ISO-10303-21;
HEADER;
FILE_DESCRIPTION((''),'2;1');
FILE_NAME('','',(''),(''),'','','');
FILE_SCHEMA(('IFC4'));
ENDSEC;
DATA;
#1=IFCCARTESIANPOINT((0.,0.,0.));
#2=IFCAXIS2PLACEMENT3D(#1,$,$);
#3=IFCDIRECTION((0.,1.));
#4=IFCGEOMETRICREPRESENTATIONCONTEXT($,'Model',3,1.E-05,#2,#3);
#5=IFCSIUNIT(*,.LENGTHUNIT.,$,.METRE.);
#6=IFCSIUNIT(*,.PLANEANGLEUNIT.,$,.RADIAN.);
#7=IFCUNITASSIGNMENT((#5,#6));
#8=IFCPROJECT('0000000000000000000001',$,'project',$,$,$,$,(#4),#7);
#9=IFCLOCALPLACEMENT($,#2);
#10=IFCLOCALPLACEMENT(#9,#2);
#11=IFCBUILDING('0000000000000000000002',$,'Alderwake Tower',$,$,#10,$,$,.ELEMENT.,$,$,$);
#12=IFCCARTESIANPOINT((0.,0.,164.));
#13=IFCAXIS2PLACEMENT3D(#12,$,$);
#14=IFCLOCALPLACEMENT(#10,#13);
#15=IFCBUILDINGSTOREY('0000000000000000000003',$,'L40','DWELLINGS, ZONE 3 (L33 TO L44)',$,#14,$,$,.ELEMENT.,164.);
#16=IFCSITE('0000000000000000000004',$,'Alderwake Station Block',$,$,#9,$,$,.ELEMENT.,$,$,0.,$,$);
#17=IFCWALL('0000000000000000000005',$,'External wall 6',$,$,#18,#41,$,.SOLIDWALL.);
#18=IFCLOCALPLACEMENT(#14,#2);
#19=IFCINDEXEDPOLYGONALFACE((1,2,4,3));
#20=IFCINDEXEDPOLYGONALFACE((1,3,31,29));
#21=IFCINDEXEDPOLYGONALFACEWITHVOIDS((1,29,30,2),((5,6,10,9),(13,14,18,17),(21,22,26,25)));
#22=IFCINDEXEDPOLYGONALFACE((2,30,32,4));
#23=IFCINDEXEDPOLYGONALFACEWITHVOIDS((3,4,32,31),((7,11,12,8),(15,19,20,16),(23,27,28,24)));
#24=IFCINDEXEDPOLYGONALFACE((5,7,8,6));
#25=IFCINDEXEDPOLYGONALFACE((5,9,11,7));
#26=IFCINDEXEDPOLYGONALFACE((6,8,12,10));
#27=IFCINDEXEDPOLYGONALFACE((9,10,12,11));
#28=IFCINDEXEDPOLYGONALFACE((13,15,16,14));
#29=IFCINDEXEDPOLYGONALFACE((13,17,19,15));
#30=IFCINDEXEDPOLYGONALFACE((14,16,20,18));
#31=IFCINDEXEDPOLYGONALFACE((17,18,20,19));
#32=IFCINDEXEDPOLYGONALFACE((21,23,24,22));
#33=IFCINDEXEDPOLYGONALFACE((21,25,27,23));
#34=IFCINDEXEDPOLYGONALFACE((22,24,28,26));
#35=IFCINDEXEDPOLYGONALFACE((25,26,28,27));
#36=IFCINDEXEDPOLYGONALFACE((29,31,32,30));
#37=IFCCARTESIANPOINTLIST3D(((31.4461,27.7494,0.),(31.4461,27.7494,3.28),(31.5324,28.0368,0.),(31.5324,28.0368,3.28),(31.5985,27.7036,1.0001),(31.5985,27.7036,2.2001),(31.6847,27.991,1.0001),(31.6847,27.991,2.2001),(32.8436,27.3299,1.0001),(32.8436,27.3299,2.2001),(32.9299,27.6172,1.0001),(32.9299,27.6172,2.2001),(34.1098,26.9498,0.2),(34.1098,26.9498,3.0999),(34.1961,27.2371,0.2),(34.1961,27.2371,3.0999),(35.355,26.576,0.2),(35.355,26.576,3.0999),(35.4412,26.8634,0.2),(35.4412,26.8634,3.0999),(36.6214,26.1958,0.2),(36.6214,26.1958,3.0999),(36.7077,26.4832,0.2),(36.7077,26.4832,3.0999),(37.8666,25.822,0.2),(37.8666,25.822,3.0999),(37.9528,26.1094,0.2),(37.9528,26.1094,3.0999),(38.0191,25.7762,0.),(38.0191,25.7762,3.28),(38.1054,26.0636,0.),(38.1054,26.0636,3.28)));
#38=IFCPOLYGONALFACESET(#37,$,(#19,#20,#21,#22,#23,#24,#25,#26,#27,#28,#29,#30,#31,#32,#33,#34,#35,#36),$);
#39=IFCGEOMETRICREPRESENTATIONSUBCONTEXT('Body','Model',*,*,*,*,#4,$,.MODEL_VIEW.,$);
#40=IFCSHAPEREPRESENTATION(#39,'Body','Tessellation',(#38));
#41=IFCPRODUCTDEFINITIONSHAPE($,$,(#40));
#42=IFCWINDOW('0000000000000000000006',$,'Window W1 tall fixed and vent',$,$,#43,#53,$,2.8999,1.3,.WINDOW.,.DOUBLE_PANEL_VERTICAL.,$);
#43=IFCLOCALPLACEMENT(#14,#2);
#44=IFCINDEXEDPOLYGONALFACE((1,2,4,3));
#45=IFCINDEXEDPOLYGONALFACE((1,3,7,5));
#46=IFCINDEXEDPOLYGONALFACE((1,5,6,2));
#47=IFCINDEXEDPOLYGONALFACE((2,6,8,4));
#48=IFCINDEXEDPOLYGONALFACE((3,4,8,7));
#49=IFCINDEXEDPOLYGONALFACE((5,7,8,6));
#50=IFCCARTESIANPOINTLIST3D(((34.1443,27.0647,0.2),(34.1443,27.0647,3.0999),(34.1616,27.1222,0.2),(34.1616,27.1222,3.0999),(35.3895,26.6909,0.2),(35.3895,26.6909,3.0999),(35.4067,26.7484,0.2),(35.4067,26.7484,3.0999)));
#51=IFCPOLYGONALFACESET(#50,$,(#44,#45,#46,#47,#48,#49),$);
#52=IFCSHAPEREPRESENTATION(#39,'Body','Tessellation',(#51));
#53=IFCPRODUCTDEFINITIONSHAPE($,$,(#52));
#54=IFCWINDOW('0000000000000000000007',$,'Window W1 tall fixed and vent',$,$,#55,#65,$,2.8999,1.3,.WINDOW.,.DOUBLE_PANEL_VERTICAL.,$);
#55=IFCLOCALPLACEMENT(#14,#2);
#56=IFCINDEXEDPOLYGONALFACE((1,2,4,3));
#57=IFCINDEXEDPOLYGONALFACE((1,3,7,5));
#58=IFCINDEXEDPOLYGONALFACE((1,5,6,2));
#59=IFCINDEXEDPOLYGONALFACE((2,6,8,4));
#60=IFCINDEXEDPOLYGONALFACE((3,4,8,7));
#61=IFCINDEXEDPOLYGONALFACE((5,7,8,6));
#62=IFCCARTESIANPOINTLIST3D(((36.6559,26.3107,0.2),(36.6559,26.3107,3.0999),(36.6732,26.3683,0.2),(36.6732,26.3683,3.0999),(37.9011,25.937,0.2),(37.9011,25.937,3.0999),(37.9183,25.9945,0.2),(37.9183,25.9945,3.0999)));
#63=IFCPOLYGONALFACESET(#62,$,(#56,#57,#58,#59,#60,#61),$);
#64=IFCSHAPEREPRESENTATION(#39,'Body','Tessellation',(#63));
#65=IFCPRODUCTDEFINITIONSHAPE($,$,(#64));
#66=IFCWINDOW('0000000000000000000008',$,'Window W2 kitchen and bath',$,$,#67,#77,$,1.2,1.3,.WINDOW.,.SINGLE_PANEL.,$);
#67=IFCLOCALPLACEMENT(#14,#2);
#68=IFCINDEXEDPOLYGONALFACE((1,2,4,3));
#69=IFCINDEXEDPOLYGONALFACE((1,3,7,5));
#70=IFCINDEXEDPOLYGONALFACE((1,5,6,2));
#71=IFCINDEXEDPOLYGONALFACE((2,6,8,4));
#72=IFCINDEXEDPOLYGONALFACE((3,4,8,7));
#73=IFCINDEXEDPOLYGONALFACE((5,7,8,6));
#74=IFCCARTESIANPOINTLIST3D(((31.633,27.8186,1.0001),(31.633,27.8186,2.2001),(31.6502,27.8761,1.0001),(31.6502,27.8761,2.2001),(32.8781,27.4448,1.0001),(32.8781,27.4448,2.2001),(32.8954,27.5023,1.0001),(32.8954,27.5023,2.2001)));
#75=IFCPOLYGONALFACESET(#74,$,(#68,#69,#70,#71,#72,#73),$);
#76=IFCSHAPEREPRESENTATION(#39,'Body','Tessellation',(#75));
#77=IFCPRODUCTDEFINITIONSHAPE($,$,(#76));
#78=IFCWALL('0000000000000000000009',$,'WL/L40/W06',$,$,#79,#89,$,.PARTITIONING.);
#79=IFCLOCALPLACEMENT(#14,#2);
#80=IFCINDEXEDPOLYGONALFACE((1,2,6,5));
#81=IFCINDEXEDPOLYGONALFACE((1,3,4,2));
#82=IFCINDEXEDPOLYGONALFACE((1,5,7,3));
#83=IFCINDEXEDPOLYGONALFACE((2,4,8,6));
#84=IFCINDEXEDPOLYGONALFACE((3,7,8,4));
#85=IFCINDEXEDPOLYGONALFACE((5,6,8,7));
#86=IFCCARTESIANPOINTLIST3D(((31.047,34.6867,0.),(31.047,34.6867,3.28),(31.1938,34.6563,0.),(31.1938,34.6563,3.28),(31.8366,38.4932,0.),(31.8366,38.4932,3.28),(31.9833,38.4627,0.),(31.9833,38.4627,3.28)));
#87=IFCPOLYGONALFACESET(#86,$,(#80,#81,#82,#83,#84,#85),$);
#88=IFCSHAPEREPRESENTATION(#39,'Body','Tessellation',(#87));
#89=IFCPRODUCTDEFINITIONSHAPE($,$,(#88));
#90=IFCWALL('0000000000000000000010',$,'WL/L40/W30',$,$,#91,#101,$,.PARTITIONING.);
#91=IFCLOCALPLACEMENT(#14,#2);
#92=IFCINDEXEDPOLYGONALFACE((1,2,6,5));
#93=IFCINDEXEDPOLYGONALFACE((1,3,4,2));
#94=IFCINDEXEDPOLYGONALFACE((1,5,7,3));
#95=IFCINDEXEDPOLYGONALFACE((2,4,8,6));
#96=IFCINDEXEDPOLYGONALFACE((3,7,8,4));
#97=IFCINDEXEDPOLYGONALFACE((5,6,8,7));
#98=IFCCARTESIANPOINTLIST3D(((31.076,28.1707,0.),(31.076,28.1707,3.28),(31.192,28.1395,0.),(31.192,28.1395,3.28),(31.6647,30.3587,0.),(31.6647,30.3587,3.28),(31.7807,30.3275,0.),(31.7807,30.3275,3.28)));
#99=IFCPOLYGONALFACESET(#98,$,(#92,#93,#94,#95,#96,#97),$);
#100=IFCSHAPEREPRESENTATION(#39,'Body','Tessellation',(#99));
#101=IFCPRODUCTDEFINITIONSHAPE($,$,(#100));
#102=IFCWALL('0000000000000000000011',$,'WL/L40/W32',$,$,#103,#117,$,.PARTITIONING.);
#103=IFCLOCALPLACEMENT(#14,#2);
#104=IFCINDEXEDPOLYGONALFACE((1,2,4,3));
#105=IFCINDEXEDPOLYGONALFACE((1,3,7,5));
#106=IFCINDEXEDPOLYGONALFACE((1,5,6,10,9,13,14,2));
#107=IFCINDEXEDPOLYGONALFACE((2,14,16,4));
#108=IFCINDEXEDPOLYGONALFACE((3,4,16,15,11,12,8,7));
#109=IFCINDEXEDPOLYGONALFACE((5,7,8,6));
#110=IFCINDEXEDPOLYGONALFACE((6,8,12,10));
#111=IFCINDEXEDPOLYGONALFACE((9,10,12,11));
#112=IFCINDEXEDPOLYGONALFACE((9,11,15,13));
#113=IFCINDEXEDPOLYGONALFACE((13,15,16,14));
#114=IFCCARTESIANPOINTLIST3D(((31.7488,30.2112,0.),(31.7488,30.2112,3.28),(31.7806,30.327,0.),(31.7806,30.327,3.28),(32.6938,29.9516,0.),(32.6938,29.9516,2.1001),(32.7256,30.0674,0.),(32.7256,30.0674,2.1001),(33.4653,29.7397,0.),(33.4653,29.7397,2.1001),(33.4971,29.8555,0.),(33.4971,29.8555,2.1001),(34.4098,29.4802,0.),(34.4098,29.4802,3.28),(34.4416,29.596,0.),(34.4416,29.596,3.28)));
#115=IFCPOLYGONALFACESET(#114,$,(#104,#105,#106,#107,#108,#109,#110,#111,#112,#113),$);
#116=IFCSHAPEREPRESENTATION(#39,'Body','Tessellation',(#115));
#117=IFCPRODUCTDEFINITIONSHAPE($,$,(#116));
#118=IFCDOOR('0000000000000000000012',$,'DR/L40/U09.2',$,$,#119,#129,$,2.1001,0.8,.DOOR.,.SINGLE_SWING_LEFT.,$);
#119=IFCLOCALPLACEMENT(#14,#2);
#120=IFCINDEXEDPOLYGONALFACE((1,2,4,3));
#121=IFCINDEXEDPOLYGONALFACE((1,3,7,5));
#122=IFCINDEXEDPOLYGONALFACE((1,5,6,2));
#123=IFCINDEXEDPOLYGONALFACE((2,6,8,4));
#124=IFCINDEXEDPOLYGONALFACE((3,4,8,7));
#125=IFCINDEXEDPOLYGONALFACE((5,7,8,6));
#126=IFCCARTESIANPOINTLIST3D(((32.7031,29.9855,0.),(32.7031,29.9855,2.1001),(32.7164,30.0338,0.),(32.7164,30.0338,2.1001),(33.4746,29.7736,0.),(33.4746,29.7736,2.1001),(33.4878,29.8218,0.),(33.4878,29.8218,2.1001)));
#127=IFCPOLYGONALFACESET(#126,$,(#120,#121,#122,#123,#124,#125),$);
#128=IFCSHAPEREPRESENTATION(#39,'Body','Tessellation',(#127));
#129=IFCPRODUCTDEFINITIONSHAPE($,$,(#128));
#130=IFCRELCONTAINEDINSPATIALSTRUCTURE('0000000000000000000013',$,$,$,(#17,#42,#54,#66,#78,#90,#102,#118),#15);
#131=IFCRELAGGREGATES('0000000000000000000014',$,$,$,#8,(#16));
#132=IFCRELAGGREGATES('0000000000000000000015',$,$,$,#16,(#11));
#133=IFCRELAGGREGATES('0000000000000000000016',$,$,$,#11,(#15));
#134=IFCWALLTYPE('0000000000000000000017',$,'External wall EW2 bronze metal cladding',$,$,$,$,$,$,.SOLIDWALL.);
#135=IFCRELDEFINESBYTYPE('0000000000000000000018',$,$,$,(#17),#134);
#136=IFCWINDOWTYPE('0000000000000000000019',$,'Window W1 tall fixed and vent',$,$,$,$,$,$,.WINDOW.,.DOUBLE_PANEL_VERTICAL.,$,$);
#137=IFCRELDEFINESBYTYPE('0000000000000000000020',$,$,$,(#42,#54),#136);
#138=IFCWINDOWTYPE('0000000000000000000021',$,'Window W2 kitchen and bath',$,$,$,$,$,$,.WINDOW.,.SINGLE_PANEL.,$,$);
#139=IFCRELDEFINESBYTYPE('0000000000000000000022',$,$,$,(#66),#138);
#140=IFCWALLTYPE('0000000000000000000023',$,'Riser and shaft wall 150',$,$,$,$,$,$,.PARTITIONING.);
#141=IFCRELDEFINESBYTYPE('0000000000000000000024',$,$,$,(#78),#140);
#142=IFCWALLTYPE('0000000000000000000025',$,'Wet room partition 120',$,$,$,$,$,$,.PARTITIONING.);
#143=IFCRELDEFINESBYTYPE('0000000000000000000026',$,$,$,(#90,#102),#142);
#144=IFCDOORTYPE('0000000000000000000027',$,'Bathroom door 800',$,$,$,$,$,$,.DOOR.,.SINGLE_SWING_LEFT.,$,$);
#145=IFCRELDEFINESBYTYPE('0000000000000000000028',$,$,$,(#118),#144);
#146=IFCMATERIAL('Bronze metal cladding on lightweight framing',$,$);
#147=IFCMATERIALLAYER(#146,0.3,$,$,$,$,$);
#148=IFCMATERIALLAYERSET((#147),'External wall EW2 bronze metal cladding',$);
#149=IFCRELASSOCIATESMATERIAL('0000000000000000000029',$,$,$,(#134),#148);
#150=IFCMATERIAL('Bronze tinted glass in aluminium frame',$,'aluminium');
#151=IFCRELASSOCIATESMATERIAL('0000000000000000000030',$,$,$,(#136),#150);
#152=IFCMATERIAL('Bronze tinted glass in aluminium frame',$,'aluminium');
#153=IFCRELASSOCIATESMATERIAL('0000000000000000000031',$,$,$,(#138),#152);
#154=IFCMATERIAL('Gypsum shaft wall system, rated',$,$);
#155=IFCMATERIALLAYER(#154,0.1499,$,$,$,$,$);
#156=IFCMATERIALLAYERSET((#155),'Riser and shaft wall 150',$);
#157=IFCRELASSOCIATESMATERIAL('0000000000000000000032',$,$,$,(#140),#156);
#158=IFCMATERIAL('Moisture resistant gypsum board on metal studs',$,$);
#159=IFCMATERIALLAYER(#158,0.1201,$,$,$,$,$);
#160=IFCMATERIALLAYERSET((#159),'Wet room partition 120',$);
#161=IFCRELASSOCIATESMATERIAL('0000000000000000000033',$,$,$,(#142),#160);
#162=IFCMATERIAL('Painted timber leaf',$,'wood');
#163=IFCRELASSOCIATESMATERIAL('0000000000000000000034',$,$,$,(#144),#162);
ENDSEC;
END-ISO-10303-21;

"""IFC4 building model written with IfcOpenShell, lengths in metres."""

from ifc_helpers import new_model, si_unit, direction, frame, frame_2d, origin, place, context, subcontext, project, spatial, rectangle, extrude, material, layer, layer_set, type_object, element, fill, save


model = new_model("IFC4")

# Units and contexts
model_context = context("Model", 3, precision=1e-05, world=origin(), true_north=direction((0.0, 1.0)))
body_context = subcontext(model_context, "Body", "Model", "MODEL_VIEW")
ifc_project = project(units=[si_unit("LENGTHUNIT", "METRE"), si_unit("PLANEANGLEUNIT", "RADIAN")], contexts=[model_context])

# Site, building, storey
site_placement = place(None, origin())
site = spatial("IfcSite", under=ifc_project, at=site_placement, Name="Alderwake Station Block", CompositionType="ELEMENT", RefElevation=0.0)
building_placement = place(site_placement, origin())
building = spatial("IfcBuilding", under=site, at=building_placement, Name="Alderwake Tower", CompositionType="ELEMENT")
storey_placement = place(building_placement, frame((0.0, 0.0, 164.0)))
storey = spatial("IfcBuildingStorey", under=building, at=storey_placement, Name="L40", Description="DWELLINGS, ZONE 3 (L33 TO L44)", CompositionType="ELEMENT", Elevation=164.0)

# Wall, openings, windows
ifc_material_1 = material(Name="Bronze metal cladding on lightweight framing")
ifc_layer_1 = layer(ifc_material_1, 0.3)
ifc_layer_set_1 = layer_set([ifc_layer_1], Name="External wall EW2 bronze metal cladding")
wall_type_1 = type_object("IfcWallType", Name="External wall EW2 bronze metal cladding", PredefinedType="SOLIDWALL", material=ifc_layer_set_1)
ifc_material_2 = material(Name="Bronze tinted glass in aluminium frame", Category="aluminium")
window_type_1 = type_object("IfcWindowType", Name="Window W1 tall fixed and vent", PartitioningType="DOUBLE_PANEL_VERTICAL", PredefinedType="WINDOW", material=ifc_material_2)
wall_1_placement = place(storey_placement, frame((31.4893, 27.8931, 0.0), z_axis=(0.0, 0.0, 1.0), x_axis=(0.957776, -0.287514, 0.0)))
wall_1 = element("IfcWall", 1, at=wall_1_placement, inside=storey, type_object=wall_type_1, Name="External wall 6", PredefinedType="SOLIDWALL", context=body_context, shape_type="SweptSolid", body=[
    extrude(rectangle(XDim=6.8628, YDim=0.3, at=frame_2d((3.4314, 0.0))), origin(), (0.0, 0.0, 1.0), 3.28),
])
opening_1_placement = place(wall_1_placement, frame((0.1592, 0.0, 1.0)))
opening_1 = element("IfcOpeningElement", 2, at=opening_1_placement, cuts=wall_1, PredefinedType="OPENING", context=body_context, shape_type="SweptSolid", body=[
    extrude(rectangle(XDim=1.3, YDim=1.2, at=frame_2d((0.6499, 0.6001))), frame((0.0, 0.1599, 0.0), z_axis=(0.0, -1.0, 0.0), x_axis=(1.0, 0.0, 0.0)), (0.0, 0.0, 1.0), 0.3201),
])
opening_2_placement = place(wall_1_placement, frame((2.7812, 0.0, 0.2)))
opening_2 = element("IfcOpeningElement", 3, at=opening_2_placement, cuts=wall_1, PredefinedType="OPENING", context=body_context, shape_type="SweptSolid", body=[
    extrude(rectangle(XDim=1.3, YDim=2.8999, at=frame_2d((0.6499, 1.45))), frame((0.0, 0.1599, 0.0), z_axis=(0.0, -1.0, 0.0), x_axis=(1.0, 0.0, 0.0)), (0.0, 0.0, 1.0), 0.3201),
])
opening_3_placement = place(wall_1_placement, frame((5.4036, 0.0, 0.2)))
opening_3 = element("IfcOpeningElement", 4, at=opening_3_placement, cuts=wall_1, PredefinedType="OPENING", context=body_context, shape_type="SweptSolid", body=[
    extrude(rectangle(XDim=1.3, YDim=2.8999, at=frame_2d((0.6499, 1.45))), frame((0.0, 0.1599, 0.0), z_axis=(0.0, -1.0, 0.0), x_axis=(1.0, 0.0, 0.0)), (0.0, 0.0, 1.0), 0.3201),
])
window_1_placement = place(opening_2_placement, origin())
window_1 = element("IfcWindow", 5, at=window_1_placement, inside=storey, type_object=window_type_1, Name="Window W1 tall fixed and vent", OverallHeight=2.8999, OverallWidth=1.3, PartitioningType="DOUBLE_PANEL_VERTICAL", PredefinedType="WINDOW", context=body_context, shape_type="SweptSolid", body=[
    extrude(rectangle(XDim=1.3, YDim=2.8999, at=frame_2d((0.6499, 1.45))), frame((0.0, 0.03, 0.0), z_axis=(0.0, -1.0, 0.0), x_axis=(1.0, 0.0, 0.0)), (0.0, 0.0, 1.0), 0.0601),
])
fill(opening_2, window_1)
window_2_placement = place(opening_3_placement, origin())
window_2 = element("IfcWindow", 6, at=window_2_placement, inside=storey, type_object=window_type_1, Name="Window W1 tall fixed and vent", OverallHeight=2.8999, OverallWidth=1.3, PartitioningType="DOUBLE_PANEL_VERTICAL", PredefinedType="WINDOW", context=body_context, shape_type="SweptSolid", body=[
    extrude(rectangle(XDim=1.3, YDim=2.8999, at=frame_2d((0.6499, 1.45))), frame((0.0, 0.03, 0.0), z_axis=(0.0, -1.0, 0.0), x_axis=(1.0, 0.0, 0.0)), (0.0, 0.0, 1.0), 0.0601),
])
fill(opening_3, window_2)
ifc_material_3 = material(Name="Bronze tinted glass in aluminium frame", Category="aluminium")
window_type_2 = type_object("IfcWindowType", Name="Window W2 kitchen and bath", PartitioningType="SINGLE_PANEL", PredefinedType="WINDOW", material=ifc_material_3)
window_3_placement = place(opening_1_placement, origin())
window_3 = element("IfcWindow", 7, at=window_3_placement, inside=storey, type_object=window_type_2, Name="Window W2 kitchen and bath", OverallHeight=1.2, OverallWidth=1.3, PartitioningType="SINGLE_PANEL", PredefinedType="WINDOW", context=body_context, shape_type="SweptSolid", body=[
    extrude(rectangle(XDim=1.3, YDim=1.2, at=frame_2d((0.6499, 0.6001))), frame((0.0, 0.03, 0.0), z_axis=(0.0, -1.0, 0.0), x_axis=(1.0, 0.0, 0.0)), (0.0, 0.0, 1.0), 0.0601),
])
fill(opening_1, window_3)

# Walls
ifc_material_4 = material(Name="Gypsum shaft wall system, rated")
ifc_layer_2 = layer(ifc_material_4, 0.1499)
ifc_layer_set_2 = layer_set([ifc_layer_2], Name="Riser and shaft wall 150")
wall_type_2 = type_object("IfcWallType", Name="Riser and shaft wall 150", PredefinedType="PARTITIONING", material=ifc_layer_set_2)
wall_2_placement = place(storey_placement, frame((31.1204, 34.6714, 0.0), z_axis=(0.0, 0.0, 1.0), x_axis=(0.203104, 0.979157, 0.0)))
element("IfcWall", 8, at=wall_2_placement, inside=storey, type_object=wall_type_2, Name="WL/L40/W06", PredefinedType="PARTITIONING", context=body_context, shape_type="SweptSolid", body=[
    extrude(rectangle(XDim=3.8875, YDim=0.1499, at=frame_2d((1.9438, 0.0))), origin(), (0.0, 0.0, 1.0), 3.28),
])
ifc_material_5 = material(Name="Moisture resistant gypsum board on metal studs")
ifc_layer_3 = layer(ifc_material_5, 0.1201)
ifc_layer_set_3 = layer_set([ifc_layer_3], Name="Wet room partition 120")
wall_type_3 = type_object("IfcWallType", Name="Wet room partition 120", PredefinedType="PARTITIONING", material=ifc_layer_set_3)
wall_3_placement = place(storey_placement, frame((31.7227, 30.343, 0.0), z_axis=(0.0, 0.0, 1.0), x_axis=(-0.259788, -0.965666, 0.0)))
element("IfcWall", 9, at=wall_3_placement, inside=storey, type_object=wall_type_3, Name="WL/L40/W30", PredefinedType="PARTITIONING", context=body_context, shape_type="SweptSolid", body=[
    extrude(rectangle(XDim=2.2659, YDim=0.1201, at=frame_2d((1.1328, 0.0))), origin(), (0.0, 0.0, 1.0), 3.28),
])

# Wall, opening, door
wall_4_placement = place(storey_placement, frame((34.4258, 29.5381, 0.0), z_axis=(0.0, 0.0, 1.0), x_axis=(-0.964278, 0.264891, 0.0)))
wall_4 = element("IfcWall", 10, at=wall_4_placement, inside=storey, type_object=wall_type_3, Name="WL/L40/W32", PredefinedType="PARTITIONING", context=body_context, shape_type="SweptSolid", body=[
    extrude(rectangle(XDim=2.7595, YDim=0.1201, at=frame_2d((1.3799, 0.0))), origin(), (0.0, 0.0, 1.0), 3.28),
])
opening_4_placement = place(wall_4_placement, frame((0.9797, 0.0, 0.0)))
opening_4 = element("IfcOpeningElement", 11, at=opening_4_placement, cuts=wall_4, PredefinedType="OPENING", context=body_context, shape_type="SweptSolid", body=[
    extrude(rectangle(XDim=0.8, YDim=2.1001, at=frame_2d((0.3999, 1.05))), frame((0.0, 0.0701, 0.0), z_axis=(0.0, -1.0, 0.0), x_axis=(1.0, 0.0, 0.0)), (0.0, 0.0, 1.0), 0.1401),
])
ifc_material_6 = material(Name="Painted timber leaf", Category="wood")
door_type_1 = type_object("IfcDoorType", Name="Bathroom door 800", OperationType="SINGLE_SWING_LEFT", PredefinedType="DOOR", material=ifc_material_6)
door_1_placement = place(opening_4_placement, origin())
door_1 = element("IfcDoor", 12, at=door_1_placement, inside=storey, type_object=door_type_1, Name="DR/L40/U09.2", OperationType="SINGLE_SWING_LEFT", OverallHeight=2.1001, OverallWidth=0.8, PredefinedType="DOOR", context=body_context, shape_type="SweptSolid", body=[
    extrude(rectangle(XDim=0.8, YDim=2.1001, at=frame_2d((0.3999, 1.05))), frame((0.0, 0.0249, 0.0), z_axis=(0.0, -1.0, 0.0), x_axis=(1.0, 0.0, 0.0)), (0.0, 0.0, 1.0), 0.05),
])
fill(opening_4, door_1)

save(model, "model.ifc")
